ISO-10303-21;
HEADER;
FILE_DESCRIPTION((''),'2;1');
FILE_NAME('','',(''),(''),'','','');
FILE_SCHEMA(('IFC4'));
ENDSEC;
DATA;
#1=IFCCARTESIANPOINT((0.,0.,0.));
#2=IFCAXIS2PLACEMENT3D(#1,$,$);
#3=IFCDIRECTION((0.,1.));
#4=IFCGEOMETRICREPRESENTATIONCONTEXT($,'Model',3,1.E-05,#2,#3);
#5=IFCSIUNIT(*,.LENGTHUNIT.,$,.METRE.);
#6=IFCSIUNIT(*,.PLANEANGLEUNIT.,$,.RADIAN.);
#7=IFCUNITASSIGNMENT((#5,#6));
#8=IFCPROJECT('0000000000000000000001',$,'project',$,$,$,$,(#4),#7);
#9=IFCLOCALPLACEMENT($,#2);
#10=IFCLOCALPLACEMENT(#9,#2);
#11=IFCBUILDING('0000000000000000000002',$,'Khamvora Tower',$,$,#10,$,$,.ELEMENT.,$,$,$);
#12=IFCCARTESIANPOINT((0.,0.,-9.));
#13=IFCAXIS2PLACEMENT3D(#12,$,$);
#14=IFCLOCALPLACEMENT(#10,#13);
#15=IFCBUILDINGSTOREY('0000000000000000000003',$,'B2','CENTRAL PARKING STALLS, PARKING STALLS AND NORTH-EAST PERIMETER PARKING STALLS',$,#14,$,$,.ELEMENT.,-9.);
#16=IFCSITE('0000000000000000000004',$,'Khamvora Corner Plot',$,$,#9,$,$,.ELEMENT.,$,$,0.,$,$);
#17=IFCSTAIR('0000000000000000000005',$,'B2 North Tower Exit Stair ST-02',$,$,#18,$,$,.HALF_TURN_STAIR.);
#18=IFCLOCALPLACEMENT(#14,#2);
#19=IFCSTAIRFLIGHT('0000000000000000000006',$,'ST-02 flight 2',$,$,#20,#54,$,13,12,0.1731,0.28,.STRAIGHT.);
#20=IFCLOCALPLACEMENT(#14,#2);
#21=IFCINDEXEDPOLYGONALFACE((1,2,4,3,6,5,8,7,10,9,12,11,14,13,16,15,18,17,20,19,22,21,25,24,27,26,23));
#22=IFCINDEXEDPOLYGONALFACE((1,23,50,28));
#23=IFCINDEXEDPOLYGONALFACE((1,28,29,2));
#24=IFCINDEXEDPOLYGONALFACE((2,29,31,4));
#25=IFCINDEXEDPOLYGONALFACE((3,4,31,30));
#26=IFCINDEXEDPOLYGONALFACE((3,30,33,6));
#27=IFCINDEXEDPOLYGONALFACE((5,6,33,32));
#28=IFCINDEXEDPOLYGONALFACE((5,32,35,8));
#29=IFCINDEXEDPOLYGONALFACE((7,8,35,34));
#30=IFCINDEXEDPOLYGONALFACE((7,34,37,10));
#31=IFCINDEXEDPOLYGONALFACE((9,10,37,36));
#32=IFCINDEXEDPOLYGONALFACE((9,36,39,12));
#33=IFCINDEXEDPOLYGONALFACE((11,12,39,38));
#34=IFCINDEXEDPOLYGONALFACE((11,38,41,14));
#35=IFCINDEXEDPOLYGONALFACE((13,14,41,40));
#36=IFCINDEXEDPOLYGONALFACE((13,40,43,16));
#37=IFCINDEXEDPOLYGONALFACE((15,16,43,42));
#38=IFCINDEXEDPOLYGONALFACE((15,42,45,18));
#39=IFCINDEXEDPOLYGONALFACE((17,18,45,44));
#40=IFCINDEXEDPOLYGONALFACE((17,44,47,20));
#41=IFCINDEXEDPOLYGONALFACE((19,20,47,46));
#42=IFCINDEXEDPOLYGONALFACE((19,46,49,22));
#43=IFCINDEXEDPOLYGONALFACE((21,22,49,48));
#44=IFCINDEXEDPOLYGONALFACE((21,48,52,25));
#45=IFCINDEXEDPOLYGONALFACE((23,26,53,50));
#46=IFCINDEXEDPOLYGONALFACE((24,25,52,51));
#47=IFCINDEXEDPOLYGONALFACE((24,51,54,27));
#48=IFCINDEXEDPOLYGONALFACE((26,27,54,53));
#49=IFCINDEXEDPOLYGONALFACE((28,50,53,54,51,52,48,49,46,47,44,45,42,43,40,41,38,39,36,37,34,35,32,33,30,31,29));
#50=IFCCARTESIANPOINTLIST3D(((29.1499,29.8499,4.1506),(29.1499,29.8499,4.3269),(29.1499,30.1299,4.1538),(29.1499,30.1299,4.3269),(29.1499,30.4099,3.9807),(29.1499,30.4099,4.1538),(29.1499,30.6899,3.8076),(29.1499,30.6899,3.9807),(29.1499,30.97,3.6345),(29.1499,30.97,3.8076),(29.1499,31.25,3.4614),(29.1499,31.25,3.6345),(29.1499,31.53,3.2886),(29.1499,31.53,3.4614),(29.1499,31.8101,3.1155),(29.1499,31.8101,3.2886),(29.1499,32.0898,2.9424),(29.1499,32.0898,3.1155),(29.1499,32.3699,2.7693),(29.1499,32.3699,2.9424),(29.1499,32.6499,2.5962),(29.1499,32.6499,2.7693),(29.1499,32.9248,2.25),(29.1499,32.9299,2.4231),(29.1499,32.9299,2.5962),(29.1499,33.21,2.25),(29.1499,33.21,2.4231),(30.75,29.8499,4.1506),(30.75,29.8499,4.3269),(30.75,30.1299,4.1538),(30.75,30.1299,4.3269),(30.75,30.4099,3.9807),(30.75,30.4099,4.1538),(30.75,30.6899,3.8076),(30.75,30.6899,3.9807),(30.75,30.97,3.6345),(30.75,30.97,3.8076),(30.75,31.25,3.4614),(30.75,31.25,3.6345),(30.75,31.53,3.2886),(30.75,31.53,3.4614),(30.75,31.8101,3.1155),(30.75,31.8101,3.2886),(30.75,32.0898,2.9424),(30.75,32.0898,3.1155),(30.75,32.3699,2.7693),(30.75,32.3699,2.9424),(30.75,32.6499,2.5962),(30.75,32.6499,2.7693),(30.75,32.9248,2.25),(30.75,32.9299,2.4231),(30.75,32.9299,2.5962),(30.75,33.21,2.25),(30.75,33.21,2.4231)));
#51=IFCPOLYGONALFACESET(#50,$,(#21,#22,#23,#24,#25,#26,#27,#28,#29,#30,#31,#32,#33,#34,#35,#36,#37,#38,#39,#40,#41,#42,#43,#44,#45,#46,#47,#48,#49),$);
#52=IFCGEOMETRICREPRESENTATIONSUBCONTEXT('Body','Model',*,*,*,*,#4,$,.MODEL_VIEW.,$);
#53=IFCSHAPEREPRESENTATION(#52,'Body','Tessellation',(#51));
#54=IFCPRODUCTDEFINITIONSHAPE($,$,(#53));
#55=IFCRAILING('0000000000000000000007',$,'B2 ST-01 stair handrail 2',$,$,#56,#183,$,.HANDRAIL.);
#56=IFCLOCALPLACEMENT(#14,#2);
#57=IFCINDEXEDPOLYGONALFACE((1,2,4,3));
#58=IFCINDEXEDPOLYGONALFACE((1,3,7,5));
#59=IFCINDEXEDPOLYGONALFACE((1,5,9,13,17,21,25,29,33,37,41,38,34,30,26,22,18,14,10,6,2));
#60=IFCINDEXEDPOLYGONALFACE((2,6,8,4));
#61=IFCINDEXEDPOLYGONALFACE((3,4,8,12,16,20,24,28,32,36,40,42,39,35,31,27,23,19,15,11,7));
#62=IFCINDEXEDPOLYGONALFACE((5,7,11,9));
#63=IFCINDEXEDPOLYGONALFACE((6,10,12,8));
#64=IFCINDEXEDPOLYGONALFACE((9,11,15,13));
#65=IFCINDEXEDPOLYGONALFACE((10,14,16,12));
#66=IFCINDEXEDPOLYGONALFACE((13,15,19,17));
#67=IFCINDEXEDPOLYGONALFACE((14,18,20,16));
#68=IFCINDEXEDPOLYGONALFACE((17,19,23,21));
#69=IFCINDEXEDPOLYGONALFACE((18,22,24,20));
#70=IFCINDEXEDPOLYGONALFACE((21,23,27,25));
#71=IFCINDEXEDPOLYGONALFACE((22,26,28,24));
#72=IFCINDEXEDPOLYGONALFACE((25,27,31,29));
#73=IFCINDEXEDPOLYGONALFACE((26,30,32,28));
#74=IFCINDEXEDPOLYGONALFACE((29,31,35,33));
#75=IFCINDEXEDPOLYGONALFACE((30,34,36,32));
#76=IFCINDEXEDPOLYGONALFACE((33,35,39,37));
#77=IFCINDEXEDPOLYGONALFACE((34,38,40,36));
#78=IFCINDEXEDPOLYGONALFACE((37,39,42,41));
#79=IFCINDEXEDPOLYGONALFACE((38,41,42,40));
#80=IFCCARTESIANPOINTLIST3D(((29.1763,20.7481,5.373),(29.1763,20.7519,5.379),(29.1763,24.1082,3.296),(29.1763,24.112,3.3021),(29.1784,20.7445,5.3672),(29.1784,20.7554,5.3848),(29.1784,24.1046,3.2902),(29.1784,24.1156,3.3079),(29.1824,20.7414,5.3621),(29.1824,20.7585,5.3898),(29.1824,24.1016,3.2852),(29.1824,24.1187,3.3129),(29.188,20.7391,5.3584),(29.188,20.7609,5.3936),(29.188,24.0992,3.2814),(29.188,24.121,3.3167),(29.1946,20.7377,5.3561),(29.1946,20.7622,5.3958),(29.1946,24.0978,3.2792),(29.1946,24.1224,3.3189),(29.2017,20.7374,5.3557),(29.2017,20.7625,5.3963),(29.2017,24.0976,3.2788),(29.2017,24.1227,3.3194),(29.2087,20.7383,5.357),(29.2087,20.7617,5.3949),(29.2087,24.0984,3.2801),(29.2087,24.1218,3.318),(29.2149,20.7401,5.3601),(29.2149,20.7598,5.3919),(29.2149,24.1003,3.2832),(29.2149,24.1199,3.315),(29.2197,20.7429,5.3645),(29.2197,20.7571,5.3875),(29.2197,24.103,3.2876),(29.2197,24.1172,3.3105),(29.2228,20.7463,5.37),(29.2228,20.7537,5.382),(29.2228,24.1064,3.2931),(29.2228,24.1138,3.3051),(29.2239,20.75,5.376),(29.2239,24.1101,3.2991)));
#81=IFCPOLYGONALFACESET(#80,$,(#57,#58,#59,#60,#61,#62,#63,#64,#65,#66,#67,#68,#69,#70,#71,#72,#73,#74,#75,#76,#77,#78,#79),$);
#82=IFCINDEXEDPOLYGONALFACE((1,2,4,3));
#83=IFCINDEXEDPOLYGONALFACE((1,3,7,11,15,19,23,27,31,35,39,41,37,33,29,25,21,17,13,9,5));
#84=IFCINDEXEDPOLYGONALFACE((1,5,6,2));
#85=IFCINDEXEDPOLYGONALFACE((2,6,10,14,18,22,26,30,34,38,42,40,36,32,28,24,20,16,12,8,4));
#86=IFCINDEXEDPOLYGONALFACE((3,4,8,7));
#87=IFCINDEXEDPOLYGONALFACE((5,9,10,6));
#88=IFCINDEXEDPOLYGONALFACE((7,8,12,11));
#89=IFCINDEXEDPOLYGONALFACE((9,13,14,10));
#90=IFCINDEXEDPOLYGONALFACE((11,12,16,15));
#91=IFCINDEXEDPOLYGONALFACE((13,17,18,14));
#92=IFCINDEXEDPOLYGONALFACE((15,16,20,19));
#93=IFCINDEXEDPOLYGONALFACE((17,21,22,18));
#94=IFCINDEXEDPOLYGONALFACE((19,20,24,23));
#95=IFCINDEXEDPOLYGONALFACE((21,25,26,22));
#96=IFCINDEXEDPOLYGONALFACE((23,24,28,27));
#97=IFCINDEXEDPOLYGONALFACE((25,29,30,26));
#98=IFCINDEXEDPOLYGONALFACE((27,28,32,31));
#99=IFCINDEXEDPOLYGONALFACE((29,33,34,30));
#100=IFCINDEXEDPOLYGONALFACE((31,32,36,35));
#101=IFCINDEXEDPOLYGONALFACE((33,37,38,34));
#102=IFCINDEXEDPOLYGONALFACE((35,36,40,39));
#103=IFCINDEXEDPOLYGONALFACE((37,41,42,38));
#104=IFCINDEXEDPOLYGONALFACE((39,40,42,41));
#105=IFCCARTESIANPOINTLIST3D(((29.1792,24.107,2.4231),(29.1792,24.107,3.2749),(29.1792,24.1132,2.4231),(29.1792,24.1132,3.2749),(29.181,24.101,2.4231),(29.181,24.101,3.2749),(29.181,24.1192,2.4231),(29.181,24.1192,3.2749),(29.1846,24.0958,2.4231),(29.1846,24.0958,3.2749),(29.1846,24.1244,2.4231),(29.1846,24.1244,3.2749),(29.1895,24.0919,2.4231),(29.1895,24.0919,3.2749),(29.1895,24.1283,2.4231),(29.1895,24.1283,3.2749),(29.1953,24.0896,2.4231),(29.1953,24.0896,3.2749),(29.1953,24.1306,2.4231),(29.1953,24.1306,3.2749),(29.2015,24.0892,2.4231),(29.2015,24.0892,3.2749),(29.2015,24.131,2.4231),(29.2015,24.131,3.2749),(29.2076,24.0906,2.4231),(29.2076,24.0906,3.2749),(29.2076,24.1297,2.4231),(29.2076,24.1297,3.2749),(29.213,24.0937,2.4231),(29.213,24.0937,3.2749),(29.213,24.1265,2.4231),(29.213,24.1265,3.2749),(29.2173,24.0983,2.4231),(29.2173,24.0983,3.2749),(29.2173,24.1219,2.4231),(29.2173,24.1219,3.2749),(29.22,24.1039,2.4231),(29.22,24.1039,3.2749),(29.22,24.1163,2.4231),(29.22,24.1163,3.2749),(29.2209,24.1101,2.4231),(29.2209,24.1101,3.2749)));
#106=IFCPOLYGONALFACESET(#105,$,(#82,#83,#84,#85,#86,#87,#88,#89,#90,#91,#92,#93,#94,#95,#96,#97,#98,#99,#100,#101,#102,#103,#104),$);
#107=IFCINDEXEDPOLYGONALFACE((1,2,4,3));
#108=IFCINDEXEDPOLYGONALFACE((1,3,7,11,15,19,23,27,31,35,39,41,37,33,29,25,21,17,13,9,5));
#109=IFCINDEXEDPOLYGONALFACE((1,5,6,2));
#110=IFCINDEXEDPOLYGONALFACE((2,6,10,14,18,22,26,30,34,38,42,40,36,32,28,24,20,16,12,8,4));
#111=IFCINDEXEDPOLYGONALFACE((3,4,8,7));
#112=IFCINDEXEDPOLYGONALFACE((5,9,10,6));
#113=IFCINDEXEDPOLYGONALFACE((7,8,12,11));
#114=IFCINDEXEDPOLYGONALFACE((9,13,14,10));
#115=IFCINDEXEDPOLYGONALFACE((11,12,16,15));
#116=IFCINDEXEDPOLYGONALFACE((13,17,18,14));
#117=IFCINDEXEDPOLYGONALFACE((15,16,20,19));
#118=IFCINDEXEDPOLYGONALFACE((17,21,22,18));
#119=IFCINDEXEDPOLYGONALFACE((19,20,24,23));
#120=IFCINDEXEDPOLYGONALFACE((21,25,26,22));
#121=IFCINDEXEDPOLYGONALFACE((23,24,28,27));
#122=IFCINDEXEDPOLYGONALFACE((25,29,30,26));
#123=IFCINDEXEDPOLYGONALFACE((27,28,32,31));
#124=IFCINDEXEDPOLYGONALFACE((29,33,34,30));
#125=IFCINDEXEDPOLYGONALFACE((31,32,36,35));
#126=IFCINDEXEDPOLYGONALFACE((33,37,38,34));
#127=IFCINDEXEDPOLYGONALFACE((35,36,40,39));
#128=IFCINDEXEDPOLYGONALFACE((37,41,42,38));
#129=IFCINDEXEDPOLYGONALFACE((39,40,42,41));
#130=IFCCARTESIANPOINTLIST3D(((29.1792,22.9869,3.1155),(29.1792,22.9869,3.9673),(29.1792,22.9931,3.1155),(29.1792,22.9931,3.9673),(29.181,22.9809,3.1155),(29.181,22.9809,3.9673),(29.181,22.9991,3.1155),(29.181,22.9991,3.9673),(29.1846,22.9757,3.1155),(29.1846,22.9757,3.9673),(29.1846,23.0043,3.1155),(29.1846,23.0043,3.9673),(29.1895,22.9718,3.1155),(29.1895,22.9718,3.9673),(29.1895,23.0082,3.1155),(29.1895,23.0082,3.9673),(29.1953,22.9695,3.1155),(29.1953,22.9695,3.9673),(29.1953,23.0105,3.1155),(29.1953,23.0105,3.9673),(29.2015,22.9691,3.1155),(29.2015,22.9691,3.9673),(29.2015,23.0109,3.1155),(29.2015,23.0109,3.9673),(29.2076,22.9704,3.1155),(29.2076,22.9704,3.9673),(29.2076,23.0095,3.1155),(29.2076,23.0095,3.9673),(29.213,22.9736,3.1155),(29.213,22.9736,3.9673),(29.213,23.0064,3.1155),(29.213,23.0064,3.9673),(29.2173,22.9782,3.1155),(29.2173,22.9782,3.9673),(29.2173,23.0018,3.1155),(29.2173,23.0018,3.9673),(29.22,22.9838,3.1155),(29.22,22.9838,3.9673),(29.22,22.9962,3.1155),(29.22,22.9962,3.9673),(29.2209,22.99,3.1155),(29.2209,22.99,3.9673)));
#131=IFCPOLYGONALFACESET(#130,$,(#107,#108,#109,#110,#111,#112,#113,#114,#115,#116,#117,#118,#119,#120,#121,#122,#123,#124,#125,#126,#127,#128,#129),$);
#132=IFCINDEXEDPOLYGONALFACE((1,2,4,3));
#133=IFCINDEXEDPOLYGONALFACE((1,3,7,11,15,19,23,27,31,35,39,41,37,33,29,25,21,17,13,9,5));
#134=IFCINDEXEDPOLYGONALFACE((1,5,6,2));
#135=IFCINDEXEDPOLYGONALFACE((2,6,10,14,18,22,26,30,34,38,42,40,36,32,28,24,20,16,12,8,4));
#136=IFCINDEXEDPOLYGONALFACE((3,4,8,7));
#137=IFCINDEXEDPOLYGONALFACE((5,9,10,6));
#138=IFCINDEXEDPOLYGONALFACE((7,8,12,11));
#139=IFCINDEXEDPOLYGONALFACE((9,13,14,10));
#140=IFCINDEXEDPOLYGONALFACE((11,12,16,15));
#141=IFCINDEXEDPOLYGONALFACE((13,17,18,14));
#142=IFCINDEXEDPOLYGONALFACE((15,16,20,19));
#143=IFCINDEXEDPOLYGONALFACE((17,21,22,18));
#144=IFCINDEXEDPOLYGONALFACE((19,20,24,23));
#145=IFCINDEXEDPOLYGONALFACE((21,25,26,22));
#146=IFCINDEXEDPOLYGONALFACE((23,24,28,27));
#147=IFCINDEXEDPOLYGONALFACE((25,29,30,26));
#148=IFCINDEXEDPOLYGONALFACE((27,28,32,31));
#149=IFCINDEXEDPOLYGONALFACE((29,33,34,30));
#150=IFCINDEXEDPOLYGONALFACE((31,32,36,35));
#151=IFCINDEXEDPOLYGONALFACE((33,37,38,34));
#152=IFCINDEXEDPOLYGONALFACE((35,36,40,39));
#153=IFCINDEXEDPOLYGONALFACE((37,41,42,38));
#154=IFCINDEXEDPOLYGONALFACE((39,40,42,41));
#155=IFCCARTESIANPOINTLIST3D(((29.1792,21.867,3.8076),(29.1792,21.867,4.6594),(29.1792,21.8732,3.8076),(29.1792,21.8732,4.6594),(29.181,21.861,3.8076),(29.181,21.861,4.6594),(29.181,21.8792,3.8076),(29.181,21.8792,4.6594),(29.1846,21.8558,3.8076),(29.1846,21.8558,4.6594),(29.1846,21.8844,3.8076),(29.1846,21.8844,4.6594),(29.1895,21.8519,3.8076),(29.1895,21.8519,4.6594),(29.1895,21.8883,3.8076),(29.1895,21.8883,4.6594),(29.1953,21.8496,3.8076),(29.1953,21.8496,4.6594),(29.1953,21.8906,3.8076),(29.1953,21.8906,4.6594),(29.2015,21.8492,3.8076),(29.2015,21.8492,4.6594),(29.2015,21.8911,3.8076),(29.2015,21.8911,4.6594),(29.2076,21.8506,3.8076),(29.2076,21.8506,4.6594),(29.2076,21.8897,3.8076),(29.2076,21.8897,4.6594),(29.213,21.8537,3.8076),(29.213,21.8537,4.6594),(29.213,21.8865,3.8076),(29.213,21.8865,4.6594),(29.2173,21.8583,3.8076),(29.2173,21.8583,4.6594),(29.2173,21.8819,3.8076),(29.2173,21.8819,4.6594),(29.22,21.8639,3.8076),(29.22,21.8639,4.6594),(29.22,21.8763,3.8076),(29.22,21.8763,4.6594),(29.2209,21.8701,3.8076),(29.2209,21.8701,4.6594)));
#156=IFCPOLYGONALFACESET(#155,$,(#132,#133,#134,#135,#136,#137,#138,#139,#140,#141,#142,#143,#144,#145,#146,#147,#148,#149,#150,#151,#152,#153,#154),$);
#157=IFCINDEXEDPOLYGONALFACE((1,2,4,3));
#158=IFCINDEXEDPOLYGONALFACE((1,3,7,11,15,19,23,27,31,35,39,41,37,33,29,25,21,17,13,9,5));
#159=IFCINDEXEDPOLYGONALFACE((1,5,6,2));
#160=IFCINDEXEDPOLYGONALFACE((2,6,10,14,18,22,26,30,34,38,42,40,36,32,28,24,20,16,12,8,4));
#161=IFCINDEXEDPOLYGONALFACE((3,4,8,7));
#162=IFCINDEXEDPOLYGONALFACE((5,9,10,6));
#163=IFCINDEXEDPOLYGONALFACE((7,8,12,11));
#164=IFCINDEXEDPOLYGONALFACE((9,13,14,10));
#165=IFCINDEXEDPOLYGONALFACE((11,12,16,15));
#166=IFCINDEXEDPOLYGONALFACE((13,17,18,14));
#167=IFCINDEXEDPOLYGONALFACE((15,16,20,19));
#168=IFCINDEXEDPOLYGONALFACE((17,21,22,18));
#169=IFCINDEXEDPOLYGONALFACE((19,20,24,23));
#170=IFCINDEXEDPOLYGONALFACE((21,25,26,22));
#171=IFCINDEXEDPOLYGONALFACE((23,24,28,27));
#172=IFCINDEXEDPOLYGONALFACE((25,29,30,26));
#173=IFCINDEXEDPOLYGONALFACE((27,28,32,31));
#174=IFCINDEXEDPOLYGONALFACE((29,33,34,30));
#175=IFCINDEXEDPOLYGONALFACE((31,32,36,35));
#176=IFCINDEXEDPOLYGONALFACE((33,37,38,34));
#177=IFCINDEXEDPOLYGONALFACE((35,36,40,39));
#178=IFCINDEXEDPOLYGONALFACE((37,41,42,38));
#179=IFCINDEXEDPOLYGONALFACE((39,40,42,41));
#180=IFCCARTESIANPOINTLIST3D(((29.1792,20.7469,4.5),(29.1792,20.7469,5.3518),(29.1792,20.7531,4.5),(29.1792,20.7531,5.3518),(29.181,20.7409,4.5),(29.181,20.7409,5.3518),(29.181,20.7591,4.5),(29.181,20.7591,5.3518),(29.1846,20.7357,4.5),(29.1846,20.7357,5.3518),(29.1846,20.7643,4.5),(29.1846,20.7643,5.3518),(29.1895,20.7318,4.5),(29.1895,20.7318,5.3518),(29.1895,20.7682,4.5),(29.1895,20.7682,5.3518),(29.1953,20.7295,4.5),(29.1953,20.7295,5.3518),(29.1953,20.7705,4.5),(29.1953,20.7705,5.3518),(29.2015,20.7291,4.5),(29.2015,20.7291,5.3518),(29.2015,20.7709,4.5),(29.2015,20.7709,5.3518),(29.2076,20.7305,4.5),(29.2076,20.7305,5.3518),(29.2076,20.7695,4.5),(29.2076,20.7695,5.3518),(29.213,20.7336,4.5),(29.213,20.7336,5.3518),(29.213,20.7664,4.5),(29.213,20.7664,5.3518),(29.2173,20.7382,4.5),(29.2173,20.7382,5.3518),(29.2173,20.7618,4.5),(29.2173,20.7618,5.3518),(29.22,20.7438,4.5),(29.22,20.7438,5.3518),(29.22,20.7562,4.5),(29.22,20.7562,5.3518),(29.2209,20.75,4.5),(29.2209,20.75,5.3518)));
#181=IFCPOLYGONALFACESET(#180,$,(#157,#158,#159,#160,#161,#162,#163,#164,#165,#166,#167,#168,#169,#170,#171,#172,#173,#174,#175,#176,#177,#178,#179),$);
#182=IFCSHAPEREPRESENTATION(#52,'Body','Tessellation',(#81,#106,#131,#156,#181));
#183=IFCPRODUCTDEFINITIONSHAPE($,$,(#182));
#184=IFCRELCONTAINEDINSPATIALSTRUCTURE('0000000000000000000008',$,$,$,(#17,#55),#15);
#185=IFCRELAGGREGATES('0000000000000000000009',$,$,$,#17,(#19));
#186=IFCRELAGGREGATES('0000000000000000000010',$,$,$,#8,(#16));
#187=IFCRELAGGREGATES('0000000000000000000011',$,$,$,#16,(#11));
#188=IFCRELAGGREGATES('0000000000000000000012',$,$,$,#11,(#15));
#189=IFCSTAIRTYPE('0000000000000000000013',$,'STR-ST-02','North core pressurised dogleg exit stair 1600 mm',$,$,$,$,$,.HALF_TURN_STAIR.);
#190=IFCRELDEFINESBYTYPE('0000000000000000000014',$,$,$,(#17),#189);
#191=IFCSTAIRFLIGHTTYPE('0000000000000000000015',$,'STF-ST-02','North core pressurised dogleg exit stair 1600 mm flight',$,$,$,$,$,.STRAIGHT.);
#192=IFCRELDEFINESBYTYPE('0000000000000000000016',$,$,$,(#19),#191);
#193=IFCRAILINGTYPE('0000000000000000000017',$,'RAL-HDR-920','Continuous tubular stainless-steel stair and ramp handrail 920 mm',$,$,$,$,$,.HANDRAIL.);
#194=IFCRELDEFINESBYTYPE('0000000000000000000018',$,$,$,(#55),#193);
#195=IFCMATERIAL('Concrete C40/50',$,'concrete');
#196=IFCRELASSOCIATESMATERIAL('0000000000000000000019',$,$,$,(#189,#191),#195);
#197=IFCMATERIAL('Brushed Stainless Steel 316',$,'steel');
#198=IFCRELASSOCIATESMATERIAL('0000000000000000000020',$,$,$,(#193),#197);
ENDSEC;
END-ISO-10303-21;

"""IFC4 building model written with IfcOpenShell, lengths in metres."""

from ifc_helpers import new_model, si_unit, direction, frame, origin, origin_2d, place, context, subcontext, project, spatial, polyline, circle, outline, extrude, material, type_object, element, aggregate, save


model = new_model("IFC4")

# Units and contexts
model_context = context("Model", 3, precision=1e-05, world=origin(), true_north=direction((0.0, 1.0)))
body_context = subcontext(model_context, "Body", "Model", "MODEL_VIEW")
ifc_project = project(units=[si_unit("LENGTHUNIT", "METRE"), si_unit("PLANEANGLEUNIT", "RADIAN")], contexts=[model_context])

# Site, building, storey
site_placement = place(None, origin())
site = spatial("IfcSite", under=ifc_project, at=site_placement, Name="Khamvora Corner Plot", CompositionType="ELEMENT", RefElevation=0.0)
building_placement = place(site_placement, origin())
building = spatial("IfcBuilding", under=site, at=building_placement, Name="Khamvora Tower", CompositionType="ELEMENT")
storey_placement = place(building_placement, frame((0.0, 0.0, -9.0)))
storey = spatial("IfcBuildingStorey", under=building, at=storey_placement, Name="B2", Description="CENTRAL PARKING STALLS, PARKING STALLS AND NORTH-EAST PERIMETER PARKING STALLS", CompositionType="ELEMENT", Elevation=-9.0)

# Shared definitions
ifc_material_1 = material(Name="Concrete C40/50", Category="concrete")

# Stair, stair flight
stair_type_1 = type_object("IfcStairType", Name="STR-ST-02", Description="North core pressurised dogleg exit stair 1600 mm", PredefinedType="HALF_TURN_STAIR", material=ifc_material_1)
stair_1_placement = place(storey_placement, origin())
stair_1 = element("IfcStair", 1, at=stair_1_placement, inside=storey, type_object=stair_type_1, Name="B2 North Tower Exit Stair ST-02", PredefinedType="HALF_TURN_STAIR")
stair_flight_type_1 = type_object("IfcStairFlightType", Name="STF-ST-02", Description="North core pressurised dogleg exit stair 1600 mm flight", PredefinedType="STRAIGHT", material=ifc_material_1)
stair_flight_1_placement = place(storey_placement, frame((29.95, 33.21, 2.25), z_axis=(0.0, 0.0, 1.0), x_axis=(0.0, -1.0, 0.0)))
stair_flight_1 = element("IfcStairFlight", 2, at=stair_flight_1_placement, type_object=stair_flight_type_1, Name="ST-02 flight 2", NumberOfRisers=13, NumberOfTreads=12, PredefinedType="STRAIGHT", RiserHeight=0.1731, TreadLength=0.28, context=body_context, shape_type="SweptSolid", body=[
    extrude(outline(polyline([(0.0, 0.0), (0.0, 0.1731), (0.28, 0.1731), (0.28, 0.3462), (0.5601, 0.3462), (0.5601, 0.5193), (0.8401, 0.5193), (0.8401, 0.6924), (1.1201, 0.6924), (1.1201, 0.8655), (1.3999, 0.8655), (1.3999, 1.0386), (1.6799, 1.0386), (1.6799, 1.2114), (1.96, 1.2114), (1.96, 1.3845), (2.24, 1.3845), (2.24, 1.5576), (2.52, 1.5576), (2.52, 1.7307), (2.8, 1.7307), (2.8, 1.9038), (3.0801, 1.9038), (3.0801, 2.0769), (3.3601, 2.0769), (3.3601, 2.25), (3.3601, 1.9006), (0.2852, 0.0), (0.0, 0.0)])), frame((0.0, 0.8, 0.0), z_axis=(0.0, -1.0, 0.0), x_axis=(1.0, 0.0, 0.0)), (0.0, 0.0, 1.0), 1.6001),
])
aggregate(stair_1, [stair_flight_1])

# Railing
ifc_material_2 = material(Name="Brushed Stainless Steel 316", Category="steel")
railing_type_1 = type_object("IfcRailingType", Name="RAL-HDR-920", Description="Continuous tubular stainless-steel stair and ramp handrail 920 mm", PredefinedType="HANDRAIL", material=ifc_material_2)
railing_1_placement = place(storey_placement, frame((29.2, 24.1101, 2.4231)))
element("IfcRailing", 3, at=railing_1_placement, inside=storey, type_object=railing_type_1, Name="B2 ST-01 stair handrail 2", PredefinedType="HANDRAIL", context=body_context, shape_type="SweptSolid", body=[
    extrude(circle(Radius=0.0239, at=origin_2d()), frame((0.0, 0.0, 0.876), z_axis=(0.0, -0.850623, 0.525776), x_axis=(1.0, 0.0, 0.0)), (0.0, 0.0, 1.0), 3.9502),
    extrude(circle(Radius=0.021, at=origin_2d()), origin(), (0.0, 0.0, 1.0), 0.8518),
    extrude(circle(Radius=0.021, at=origin_2d()), frame((0.0, -1.1201, 0.6924)), (0.0, 0.0, 1.0), 0.8518),
    extrude(circle(Radius=0.021, at=origin_2d()), frame((0.0, -2.24, 1.3845)), (0.0, 0.0, 1.0), 0.8518),
    extrude(circle(Radius=0.021, at=origin_2d()), frame((0.0, -3.3601, 2.0769)), (0.0, 0.0, 1.0), 0.8518),
])

save(model, "model.ifc")
